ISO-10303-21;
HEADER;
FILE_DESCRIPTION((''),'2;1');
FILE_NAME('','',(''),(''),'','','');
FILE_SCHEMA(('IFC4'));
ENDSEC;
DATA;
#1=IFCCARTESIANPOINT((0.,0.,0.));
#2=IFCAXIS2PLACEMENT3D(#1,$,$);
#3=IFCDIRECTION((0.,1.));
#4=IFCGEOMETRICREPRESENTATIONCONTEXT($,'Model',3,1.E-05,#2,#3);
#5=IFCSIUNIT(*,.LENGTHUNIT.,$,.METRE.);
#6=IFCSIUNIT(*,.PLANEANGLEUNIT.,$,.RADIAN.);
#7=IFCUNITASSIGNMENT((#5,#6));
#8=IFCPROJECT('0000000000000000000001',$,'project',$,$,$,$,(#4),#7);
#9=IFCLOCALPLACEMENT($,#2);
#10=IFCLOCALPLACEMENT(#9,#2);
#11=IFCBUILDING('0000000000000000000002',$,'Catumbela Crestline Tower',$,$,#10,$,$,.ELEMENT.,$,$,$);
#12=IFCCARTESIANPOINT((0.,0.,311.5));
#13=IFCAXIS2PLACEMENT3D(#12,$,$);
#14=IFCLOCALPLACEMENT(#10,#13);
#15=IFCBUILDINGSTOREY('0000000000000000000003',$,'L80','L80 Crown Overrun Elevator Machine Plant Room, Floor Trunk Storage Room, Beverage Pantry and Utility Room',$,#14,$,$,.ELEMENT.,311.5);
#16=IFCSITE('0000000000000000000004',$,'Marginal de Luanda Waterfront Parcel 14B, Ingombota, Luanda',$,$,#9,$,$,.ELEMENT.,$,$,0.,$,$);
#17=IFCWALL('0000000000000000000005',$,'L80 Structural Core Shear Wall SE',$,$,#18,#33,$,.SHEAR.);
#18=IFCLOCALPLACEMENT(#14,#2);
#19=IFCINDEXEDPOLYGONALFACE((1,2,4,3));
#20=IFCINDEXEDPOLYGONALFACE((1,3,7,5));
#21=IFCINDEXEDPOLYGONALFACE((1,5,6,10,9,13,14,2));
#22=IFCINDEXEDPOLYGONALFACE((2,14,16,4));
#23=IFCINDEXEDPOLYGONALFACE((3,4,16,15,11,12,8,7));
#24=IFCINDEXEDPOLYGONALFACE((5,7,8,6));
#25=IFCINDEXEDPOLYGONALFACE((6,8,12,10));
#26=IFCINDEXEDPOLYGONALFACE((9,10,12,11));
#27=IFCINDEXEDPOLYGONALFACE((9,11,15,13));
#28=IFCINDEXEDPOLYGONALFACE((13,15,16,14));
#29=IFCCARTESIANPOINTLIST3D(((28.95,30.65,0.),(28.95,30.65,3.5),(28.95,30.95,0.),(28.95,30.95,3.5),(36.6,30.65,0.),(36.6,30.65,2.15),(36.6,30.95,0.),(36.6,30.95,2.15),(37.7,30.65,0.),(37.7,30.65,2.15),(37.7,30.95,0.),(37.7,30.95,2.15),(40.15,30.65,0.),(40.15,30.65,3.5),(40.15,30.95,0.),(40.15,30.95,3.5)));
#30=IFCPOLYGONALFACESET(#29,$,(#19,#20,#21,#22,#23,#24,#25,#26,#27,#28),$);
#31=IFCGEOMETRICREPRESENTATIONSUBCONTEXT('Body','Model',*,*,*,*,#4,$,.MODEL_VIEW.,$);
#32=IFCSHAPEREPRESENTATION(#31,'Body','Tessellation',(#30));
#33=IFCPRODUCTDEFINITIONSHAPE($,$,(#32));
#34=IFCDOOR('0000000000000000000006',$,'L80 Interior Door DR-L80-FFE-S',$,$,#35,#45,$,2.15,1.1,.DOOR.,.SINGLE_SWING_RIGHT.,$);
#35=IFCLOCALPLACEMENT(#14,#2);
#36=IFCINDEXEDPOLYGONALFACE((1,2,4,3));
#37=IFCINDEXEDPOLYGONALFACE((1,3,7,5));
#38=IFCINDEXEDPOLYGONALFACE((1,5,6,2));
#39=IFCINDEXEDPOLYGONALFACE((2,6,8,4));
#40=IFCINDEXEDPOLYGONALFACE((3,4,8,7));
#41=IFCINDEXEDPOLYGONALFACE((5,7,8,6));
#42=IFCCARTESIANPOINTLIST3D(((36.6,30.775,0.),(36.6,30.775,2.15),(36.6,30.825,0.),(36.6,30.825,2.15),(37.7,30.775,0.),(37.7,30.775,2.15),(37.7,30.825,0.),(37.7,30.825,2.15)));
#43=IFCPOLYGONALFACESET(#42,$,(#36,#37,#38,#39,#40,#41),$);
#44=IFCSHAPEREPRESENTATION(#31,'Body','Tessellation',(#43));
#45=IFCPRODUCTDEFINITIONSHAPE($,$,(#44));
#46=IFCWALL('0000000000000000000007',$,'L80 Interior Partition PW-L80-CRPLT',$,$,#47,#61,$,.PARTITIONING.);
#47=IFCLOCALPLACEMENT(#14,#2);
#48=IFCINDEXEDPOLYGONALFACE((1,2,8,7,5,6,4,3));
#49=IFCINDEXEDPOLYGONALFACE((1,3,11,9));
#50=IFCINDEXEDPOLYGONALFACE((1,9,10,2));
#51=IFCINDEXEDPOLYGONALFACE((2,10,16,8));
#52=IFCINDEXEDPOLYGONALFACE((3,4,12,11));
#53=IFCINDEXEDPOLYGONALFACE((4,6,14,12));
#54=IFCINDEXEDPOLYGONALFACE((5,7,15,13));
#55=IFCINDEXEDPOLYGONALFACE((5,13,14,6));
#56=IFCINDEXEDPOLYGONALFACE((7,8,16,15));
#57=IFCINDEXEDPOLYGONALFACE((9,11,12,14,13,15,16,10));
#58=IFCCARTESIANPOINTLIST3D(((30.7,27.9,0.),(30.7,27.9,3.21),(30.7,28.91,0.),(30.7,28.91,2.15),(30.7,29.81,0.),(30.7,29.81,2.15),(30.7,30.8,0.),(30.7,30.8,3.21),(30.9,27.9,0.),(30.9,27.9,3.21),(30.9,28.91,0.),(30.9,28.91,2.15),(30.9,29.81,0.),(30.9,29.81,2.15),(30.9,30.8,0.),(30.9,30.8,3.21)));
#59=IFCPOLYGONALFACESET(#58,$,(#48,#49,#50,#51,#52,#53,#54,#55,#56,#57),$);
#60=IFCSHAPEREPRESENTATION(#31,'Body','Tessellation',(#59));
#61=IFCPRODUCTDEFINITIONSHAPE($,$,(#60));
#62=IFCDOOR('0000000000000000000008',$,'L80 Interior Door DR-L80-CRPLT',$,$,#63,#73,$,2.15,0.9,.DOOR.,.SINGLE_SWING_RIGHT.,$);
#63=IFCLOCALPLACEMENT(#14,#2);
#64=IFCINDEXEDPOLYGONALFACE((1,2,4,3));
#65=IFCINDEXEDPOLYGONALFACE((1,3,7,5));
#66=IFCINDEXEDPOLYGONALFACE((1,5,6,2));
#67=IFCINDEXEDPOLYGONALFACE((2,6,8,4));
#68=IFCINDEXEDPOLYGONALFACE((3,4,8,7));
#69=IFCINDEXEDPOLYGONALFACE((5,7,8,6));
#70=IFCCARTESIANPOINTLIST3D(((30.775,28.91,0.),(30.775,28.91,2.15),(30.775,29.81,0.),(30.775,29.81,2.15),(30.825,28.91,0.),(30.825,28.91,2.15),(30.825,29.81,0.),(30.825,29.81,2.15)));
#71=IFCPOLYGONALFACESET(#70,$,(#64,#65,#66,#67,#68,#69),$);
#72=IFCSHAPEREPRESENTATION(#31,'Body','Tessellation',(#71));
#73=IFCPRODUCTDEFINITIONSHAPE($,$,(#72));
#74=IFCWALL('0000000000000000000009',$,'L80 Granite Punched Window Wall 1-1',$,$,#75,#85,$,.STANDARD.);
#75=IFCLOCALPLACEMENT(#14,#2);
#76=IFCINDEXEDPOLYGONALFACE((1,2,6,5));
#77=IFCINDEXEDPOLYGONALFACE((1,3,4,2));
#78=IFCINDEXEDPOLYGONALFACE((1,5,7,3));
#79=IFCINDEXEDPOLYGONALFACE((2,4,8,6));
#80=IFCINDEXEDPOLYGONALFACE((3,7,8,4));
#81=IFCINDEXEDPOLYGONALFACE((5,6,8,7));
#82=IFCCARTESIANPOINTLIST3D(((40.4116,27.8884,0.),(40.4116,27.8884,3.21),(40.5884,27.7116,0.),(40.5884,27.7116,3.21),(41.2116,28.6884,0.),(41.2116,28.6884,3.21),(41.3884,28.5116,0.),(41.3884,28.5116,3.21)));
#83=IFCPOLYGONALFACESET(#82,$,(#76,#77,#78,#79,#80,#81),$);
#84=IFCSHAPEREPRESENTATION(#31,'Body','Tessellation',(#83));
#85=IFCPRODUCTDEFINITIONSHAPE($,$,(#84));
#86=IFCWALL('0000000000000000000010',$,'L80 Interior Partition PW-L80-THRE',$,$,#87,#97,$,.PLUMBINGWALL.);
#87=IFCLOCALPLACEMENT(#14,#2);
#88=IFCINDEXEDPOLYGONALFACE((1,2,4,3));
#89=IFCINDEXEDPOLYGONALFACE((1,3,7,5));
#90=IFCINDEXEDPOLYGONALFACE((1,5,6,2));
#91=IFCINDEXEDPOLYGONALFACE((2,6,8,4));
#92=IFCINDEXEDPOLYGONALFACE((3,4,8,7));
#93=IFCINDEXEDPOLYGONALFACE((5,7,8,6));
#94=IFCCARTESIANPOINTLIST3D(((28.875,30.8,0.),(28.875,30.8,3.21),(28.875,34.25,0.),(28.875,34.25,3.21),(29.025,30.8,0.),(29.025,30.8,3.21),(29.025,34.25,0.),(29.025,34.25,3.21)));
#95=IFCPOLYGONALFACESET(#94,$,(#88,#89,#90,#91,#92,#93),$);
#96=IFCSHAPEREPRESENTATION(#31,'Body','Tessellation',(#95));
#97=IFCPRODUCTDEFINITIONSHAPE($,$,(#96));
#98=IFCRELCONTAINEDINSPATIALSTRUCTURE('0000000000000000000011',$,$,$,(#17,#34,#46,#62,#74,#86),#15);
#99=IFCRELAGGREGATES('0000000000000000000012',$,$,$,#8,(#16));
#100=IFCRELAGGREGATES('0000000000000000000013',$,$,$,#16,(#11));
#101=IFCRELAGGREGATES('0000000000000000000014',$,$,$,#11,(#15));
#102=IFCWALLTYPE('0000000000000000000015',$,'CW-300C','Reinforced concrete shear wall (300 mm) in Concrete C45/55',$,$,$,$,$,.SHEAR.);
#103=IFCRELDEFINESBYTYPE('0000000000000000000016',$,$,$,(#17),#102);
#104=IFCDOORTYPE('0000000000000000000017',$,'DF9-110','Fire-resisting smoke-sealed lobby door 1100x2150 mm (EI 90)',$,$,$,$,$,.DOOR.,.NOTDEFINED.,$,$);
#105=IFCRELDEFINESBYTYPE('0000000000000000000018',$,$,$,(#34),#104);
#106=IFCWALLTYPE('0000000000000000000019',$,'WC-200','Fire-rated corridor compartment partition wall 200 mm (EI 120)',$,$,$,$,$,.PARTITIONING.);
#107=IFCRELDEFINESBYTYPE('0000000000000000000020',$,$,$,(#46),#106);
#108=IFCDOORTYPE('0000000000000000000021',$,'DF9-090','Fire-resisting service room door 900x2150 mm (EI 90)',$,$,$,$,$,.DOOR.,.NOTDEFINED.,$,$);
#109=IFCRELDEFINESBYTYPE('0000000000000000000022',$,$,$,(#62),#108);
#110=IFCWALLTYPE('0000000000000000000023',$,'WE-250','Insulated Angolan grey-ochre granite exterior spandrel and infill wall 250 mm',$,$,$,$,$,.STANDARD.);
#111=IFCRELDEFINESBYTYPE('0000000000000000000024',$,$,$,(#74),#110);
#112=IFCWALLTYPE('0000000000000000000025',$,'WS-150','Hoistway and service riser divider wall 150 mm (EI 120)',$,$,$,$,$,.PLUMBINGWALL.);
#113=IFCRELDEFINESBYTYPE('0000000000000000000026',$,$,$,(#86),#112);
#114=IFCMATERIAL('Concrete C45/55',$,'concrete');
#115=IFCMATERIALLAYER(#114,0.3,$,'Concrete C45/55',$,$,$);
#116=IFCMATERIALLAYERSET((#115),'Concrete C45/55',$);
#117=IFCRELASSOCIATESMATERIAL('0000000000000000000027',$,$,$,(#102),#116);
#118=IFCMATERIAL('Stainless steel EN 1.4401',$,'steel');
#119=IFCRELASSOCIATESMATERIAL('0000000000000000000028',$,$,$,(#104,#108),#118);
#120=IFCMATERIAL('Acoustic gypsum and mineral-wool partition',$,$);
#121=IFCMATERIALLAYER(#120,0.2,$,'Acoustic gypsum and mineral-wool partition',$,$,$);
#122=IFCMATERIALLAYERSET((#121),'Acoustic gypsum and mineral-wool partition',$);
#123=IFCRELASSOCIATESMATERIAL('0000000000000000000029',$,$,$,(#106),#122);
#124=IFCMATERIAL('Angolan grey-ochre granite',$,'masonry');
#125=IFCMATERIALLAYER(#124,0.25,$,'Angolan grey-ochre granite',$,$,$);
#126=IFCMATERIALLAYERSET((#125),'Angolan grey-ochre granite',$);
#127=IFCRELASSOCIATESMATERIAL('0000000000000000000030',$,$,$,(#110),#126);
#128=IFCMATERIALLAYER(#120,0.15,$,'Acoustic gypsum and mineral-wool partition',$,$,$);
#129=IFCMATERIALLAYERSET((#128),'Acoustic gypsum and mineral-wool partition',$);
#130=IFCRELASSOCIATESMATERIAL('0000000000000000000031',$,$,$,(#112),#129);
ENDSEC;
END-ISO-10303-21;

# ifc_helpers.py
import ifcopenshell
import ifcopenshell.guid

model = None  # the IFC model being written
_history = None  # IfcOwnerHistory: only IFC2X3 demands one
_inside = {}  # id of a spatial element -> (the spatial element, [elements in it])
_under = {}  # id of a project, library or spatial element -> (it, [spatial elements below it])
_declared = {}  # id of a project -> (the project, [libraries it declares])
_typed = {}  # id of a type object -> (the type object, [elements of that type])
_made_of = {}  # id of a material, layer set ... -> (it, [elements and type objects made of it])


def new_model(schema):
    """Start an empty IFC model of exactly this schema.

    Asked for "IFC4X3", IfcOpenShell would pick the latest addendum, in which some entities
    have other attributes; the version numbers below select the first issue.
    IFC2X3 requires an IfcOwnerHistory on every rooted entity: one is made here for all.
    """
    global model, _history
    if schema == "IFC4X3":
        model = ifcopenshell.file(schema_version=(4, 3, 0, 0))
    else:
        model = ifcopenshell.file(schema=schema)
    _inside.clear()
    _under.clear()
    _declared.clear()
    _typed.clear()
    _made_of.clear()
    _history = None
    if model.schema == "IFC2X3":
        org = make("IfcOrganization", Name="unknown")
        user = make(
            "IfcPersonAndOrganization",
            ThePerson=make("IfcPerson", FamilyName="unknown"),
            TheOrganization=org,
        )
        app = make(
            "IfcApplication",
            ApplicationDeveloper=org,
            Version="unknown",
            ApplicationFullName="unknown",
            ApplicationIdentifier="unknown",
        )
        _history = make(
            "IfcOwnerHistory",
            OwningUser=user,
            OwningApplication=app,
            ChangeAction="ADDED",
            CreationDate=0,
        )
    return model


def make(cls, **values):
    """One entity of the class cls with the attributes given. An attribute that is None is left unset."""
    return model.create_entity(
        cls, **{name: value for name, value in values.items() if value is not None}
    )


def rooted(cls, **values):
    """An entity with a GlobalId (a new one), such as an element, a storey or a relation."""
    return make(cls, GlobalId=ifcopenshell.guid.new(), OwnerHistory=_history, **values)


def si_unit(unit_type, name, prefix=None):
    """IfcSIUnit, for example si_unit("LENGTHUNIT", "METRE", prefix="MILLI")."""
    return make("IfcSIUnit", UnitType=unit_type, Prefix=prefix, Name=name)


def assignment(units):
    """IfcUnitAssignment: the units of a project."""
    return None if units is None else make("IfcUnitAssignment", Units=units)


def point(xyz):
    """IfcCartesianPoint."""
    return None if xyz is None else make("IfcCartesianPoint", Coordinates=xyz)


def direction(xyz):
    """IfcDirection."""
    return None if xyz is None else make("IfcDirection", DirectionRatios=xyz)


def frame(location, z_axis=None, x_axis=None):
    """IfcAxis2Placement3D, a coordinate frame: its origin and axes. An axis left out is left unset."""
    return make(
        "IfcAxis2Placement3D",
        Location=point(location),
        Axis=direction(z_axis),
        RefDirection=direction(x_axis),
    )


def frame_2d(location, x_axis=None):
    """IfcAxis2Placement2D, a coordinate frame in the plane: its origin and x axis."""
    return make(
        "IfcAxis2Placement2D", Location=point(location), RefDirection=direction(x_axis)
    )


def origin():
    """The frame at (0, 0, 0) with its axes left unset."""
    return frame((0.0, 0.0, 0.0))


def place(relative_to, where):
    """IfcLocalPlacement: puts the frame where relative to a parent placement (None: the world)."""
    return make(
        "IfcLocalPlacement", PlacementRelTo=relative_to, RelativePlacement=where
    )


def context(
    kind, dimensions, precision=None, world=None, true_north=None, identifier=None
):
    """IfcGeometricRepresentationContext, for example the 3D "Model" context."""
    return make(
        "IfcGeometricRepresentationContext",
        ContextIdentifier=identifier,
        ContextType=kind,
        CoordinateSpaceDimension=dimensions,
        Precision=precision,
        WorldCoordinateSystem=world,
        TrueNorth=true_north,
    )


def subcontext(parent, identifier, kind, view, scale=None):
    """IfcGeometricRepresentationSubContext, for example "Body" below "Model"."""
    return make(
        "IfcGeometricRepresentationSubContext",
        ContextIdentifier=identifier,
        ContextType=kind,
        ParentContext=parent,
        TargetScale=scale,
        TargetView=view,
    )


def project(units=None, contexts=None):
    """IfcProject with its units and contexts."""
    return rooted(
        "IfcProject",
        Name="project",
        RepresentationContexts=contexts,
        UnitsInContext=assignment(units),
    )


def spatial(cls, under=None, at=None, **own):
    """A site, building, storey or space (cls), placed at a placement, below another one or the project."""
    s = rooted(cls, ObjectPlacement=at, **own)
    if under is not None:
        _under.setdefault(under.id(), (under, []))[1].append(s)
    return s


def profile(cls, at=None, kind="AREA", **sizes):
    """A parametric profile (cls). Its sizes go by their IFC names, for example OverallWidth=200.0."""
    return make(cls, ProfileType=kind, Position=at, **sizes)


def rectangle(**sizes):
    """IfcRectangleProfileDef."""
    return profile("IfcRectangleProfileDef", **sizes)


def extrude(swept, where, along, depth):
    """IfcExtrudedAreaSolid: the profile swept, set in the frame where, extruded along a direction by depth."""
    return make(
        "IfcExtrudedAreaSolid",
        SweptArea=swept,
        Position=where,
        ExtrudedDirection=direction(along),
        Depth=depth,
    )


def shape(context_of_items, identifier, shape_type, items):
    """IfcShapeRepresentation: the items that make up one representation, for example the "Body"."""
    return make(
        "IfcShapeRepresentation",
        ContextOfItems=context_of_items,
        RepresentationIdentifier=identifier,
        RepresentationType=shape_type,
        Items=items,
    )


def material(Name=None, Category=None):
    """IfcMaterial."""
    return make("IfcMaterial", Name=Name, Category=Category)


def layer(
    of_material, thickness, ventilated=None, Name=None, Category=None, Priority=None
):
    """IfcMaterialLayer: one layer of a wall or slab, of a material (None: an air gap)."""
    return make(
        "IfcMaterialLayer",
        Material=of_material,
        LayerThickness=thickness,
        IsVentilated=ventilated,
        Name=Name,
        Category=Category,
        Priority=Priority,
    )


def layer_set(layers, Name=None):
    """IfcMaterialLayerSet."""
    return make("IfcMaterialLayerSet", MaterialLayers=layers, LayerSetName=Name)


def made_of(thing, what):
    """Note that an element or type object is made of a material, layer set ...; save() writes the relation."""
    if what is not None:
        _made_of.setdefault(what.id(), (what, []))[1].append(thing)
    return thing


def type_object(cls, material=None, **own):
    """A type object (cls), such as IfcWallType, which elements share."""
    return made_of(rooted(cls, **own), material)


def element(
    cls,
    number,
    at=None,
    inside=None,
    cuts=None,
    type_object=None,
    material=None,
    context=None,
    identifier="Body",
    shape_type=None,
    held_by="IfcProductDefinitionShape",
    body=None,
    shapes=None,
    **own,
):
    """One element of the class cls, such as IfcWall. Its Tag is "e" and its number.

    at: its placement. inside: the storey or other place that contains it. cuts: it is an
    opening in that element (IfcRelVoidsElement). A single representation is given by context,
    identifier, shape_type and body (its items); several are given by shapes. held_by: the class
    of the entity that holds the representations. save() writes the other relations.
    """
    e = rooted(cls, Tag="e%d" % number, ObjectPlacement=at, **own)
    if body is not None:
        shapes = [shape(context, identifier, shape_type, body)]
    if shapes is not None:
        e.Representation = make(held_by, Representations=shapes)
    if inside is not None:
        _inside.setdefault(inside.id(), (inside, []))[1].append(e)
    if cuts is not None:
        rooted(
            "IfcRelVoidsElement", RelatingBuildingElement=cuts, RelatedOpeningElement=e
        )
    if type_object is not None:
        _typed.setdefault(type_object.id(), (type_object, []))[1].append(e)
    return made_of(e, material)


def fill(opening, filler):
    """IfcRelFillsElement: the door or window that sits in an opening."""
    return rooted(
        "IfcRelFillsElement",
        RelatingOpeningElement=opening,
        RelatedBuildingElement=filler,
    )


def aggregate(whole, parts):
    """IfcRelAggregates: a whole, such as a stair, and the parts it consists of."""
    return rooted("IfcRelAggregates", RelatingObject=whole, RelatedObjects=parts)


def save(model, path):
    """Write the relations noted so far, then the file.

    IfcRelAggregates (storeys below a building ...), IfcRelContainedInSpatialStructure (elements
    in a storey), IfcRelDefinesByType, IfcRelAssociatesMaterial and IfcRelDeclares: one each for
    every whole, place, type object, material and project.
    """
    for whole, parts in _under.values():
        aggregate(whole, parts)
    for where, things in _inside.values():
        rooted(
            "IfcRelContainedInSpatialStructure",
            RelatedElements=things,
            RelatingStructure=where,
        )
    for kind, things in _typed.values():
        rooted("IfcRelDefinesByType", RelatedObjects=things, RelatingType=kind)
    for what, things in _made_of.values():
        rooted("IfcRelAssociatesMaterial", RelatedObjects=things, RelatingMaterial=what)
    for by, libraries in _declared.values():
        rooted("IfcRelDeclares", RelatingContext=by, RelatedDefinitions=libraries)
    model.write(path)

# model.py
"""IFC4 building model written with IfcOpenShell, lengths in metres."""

from ifc_helpers import new_model, si_unit, direction, frame, frame_2d, origin, place, context, subcontext, project, spatial, rectangle, extrude, material, layer, layer_set, type_object, element, fill, save


model = new_model("IFC4")

# Units and contexts
model_context = context("Model", 3, precision=1e-05, world=origin(), true_north=direction((0.0, 1.0)))
body_context = subcontext(model_context, "Body", "Model", "MODEL_VIEW")
ifc_project = project(units=[si_unit("LENGTHUNIT", "METRE"), si_unit("PLANEANGLEUNIT", "RADIAN")], contexts=[model_context])

# Site, building, storey
site_placement = place(None, origin())
site = spatial("IfcSite", under=ifc_project, at=site_placement, Name="Marginal de Luanda Waterfront Parcel 14B, Ingombota, Luanda", CompositionType="ELEMENT", RefElevation=0.0)
building_placement = place(site_placement, origin())
building = spatial("IfcBuilding", under=site, at=building_placement, Name="Catumbela Crestline Tower", CompositionType="ELEMENT")
storey_placement = place(building_placement, frame((0.0, 0.0, 311.5)))
storey = spatial("IfcBuildingStorey", under=building, at=storey_placement, Name="L80", Description="L80 Crown Overrun Elevator Machine Plant Room, Floor Trunk Storage Room, Beverage Pantry and Utility Room", CompositionType="ELEMENT", Elevation=311.5)

# Shared definitions
ifc_material_1 = material(Name="Concrete C45/55", Category="concrete")
ifc_layer_1 = layer(ifc_material_1, 0.3, Name="Concrete C45/55")
ifc_layer_set_1 = layer_set([ifc_layer_1], Name="Concrete C45/55")
wall_type_1 = type_object("IfcWallType", Name="CW-300C", Description="Reinforced concrete shear wall (300 mm) in Concrete C45/55", PredefinedType="SHEAR", material=ifc_layer_set_1)

# Walls, openings, doors
wall_1_placement = place(storey_placement, frame((28.95, 30.8, 0.0), z_axis=(0.0, 0.0, 1.0), x_axis=(1.0, 0.0, 0.0)))
wall_1 = element("IfcWall", 1, at=wall_1_placement, inside=storey, type_object=wall_type_1, Name="L80 Structural Core Shear Wall SE", PredefinedType="SHEAR", context=body_context, shape_type="SweptSolid", body=[
    extrude(rectangle(XDim=11.2, YDim=0.3, at=frame_2d((5.6, 0.0))), origin(), (0.0, 0.0, 1.0), 3.5),
])
opening_1_placement = place(wall_1_placement, frame((7.65, 0.0, 0.0)))
opening_1 = element("IfcOpeningElement", 2, at=opening_1_placement, cuts=wall_1, PredefinedType="OPENING", context=body_context, shape_type="SweptSolid", body=[
    extrude(rectangle(XDim=1.1, YDim=2.15, at=frame_2d((0.55, 1.075))), frame((0.0, 0.16, 0.0), z_axis=(0.0, -1.0, 0.0), x_axis=(1.0, 0.0, 0.0)), (0.0, 0.0, 1.0), 0.32),
])
ifc_material_2 = material(Name="Stainless steel EN 1.4401", Category="steel")
door_type_1 = type_object("IfcDoorType", Name="DF9-110", Description="Fire-resisting smoke-sealed lobby door 1100x2150 mm (EI 90)", OperationType="NOTDEFINED", PredefinedType="DOOR", material=ifc_material_2)
door_1_placement = place(opening_1_placement, origin())
door_1 = element("IfcDoor", 3, at=door_1_placement, inside=storey, type_object=door_type_1, Name="L80 Interior Door DR-L80-FFE-S", OperationType="SINGLE_SWING_RIGHT", OverallHeight=2.15, OverallWidth=1.1, PredefinedType="DOOR", context=body_context, shape_type="SweptSolid", body=[
    extrude(rectangle(XDim=1.1, YDim=2.15, at=frame_2d((0.55, 1.075))), frame((0.0, 0.025, 0.0), z_axis=(0.0, -1.0, 0.0), x_axis=(1.0, 0.0, 0.0)), (0.0, 0.0, 1.0), 0.05),
])
fill(opening_1, door_1)
ifc_material_3 = material(Name="Acoustic gypsum and mineral-wool partition")
ifc_layer_2 = layer(ifc_material_3, 0.2, Name="Acoustic gypsum and mineral-wool partition")
ifc_layer_set_2 = layer_set([ifc_layer_2], Name="Acoustic gypsum and mineral-wool partition")
wall_type_2 = type_object("IfcWallType", Name="WC-200", Description="Fire-rated corridor compartment partition wall 200 mm (EI 120)", PredefinedType="PARTITIONING", material=ifc_layer_set_2)
wall_2_placement = place(storey_placement, frame((30.8, 27.9, 0.0), z_axis=(0.0, 0.0, 1.0), x_axis=(0.0, 1.0, 0.0)))
wall_2 = element("IfcWall", 4, at=wall_2_placement, inside=storey, type_object=wall_type_2, Name="L80 Interior Partition PW-L80-CRPLT", PredefinedType="PARTITIONING", context=body_context, shape_type="SweptSolid", body=[
    extrude(rectangle(XDim=2.9, YDim=0.2, at=frame_2d((1.45, 0.0))), origin(), (0.0, 0.0, 1.0), 3.21),
])
opening_2_placement = place(wall_2_placement, frame((1.01, 0.0, 0.0)))
opening_2 = element("IfcOpeningElement", 5, at=opening_2_placement, cuts=wall_2, PredefinedType="OPENING", context=body_context, shape_type="SweptSolid", body=[
    extrude(rectangle(XDim=0.9, YDim=2.15, at=frame_2d((0.45, 1.075))), frame((0.0, 0.11, 0.0), z_axis=(0.0, -1.0, 0.0), x_axis=(1.0, 0.0, 0.0)), (0.0, 0.0, 1.0), 0.22),
])
door_type_2 = type_object("IfcDoorType", Name="DF9-090", Description="Fire-resisting service room door 900x2150 mm (EI 90)", OperationType="NOTDEFINED", PredefinedType="DOOR", material=ifc_material_2)
door_2_placement = place(opening_2_placement, origin())
door_2 = element("IfcDoor", 6, at=door_2_placement, inside=storey, type_object=door_type_2, Name="L80 Interior Door DR-L80-CRPLT", OperationType="SINGLE_SWING_RIGHT", OverallHeight=2.15, OverallWidth=0.9, PredefinedType="DOOR", context=body_context, shape_type="SweptSolid", body=[
    extrude(rectangle(XDim=0.9, YDim=2.15, at=frame_2d((0.45, 1.075))), frame((0.0, 0.025, 0.0), z_axis=(0.0, -1.0, 0.0), x_axis=(1.0, 0.0, 0.0)), (0.0, 0.0, 1.0), 0.05),
])
fill(opening_2, door_2)

# Walls
ifc_material_4 = material(Name="Angolan grey-ochre granite", Category="masonry")
ifc_layer_3 = layer(ifc_material_4, 0.25, Name="Angolan grey-ochre granite")
ifc_layer_set_3 = layer_set([ifc_layer_3], Name="Angolan grey-ochre granite")
wall_type_3 = type_object("IfcWallType", Name="WE-250", Description="Insulated Angolan grey-ochre granite exterior spandrel and infill wall 250 mm", PredefinedType="STANDARD", material=ifc_layer_set_3)
wall_3_placement = place(storey_placement, frame((40.5, 27.8, 0.0), z_axis=(0.0, 0.0, 1.0), x_axis=(0.707107, 0.707107, 0.0)))
element("IfcWall", 7, at=wall_3_placement, inside=storey, type_object=wall_type_3, Name="L80 Granite Punched Window Wall 1-1", PredefinedType="STANDARD", context=body_context, shape_type="SweptSolid", body=[
    extrude(rectangle(XDim=1.1314, YDim=0.25, at=frame_2d((0.5657, 0.0))), origin(), (0.0, 0.0, 1.0), 3.21),
])
ifc_layer_4 = layer(ifc_material_3, 0.15, Name="Acoustic gypsum and mineral-wool partition")
ifc_layer_set_4 = layer_set([ifc_layer_4], Name="Acoustic gypsum and mineral-wool partition")
wall_type_4 = type_object("IfcWallType", Name="WS-150", Description="Hoistway and service riser divider wall 150 mm (EI 120)", PredefinedType="PLUMBINGWALL", material=ifc_layer_set_4)
wall_4_placement = place(storey_placement, frame((28.95, 30.8, 0.0), z_axis=(0.0, 0.0, 1.0), x_axis=(0.0, 1.0, 0.0)))
element("IfcWall", 8, at=wall_4_placement, inside=storey, type_object=wall_type_4, Name="L80 Interior Partition PW-L80-THRE", PredefinedType="PLUMBINGWALL", context=body_context, shape_type="SweptSolid", body=[
    extrude(rectangle(XDim=3.45, YDim=0.15, at=frame_2d((1.725, 0.0))), origin(), (0.0, 0.0, 1.0), 3.21),
])

save(model, "model.ifc")
